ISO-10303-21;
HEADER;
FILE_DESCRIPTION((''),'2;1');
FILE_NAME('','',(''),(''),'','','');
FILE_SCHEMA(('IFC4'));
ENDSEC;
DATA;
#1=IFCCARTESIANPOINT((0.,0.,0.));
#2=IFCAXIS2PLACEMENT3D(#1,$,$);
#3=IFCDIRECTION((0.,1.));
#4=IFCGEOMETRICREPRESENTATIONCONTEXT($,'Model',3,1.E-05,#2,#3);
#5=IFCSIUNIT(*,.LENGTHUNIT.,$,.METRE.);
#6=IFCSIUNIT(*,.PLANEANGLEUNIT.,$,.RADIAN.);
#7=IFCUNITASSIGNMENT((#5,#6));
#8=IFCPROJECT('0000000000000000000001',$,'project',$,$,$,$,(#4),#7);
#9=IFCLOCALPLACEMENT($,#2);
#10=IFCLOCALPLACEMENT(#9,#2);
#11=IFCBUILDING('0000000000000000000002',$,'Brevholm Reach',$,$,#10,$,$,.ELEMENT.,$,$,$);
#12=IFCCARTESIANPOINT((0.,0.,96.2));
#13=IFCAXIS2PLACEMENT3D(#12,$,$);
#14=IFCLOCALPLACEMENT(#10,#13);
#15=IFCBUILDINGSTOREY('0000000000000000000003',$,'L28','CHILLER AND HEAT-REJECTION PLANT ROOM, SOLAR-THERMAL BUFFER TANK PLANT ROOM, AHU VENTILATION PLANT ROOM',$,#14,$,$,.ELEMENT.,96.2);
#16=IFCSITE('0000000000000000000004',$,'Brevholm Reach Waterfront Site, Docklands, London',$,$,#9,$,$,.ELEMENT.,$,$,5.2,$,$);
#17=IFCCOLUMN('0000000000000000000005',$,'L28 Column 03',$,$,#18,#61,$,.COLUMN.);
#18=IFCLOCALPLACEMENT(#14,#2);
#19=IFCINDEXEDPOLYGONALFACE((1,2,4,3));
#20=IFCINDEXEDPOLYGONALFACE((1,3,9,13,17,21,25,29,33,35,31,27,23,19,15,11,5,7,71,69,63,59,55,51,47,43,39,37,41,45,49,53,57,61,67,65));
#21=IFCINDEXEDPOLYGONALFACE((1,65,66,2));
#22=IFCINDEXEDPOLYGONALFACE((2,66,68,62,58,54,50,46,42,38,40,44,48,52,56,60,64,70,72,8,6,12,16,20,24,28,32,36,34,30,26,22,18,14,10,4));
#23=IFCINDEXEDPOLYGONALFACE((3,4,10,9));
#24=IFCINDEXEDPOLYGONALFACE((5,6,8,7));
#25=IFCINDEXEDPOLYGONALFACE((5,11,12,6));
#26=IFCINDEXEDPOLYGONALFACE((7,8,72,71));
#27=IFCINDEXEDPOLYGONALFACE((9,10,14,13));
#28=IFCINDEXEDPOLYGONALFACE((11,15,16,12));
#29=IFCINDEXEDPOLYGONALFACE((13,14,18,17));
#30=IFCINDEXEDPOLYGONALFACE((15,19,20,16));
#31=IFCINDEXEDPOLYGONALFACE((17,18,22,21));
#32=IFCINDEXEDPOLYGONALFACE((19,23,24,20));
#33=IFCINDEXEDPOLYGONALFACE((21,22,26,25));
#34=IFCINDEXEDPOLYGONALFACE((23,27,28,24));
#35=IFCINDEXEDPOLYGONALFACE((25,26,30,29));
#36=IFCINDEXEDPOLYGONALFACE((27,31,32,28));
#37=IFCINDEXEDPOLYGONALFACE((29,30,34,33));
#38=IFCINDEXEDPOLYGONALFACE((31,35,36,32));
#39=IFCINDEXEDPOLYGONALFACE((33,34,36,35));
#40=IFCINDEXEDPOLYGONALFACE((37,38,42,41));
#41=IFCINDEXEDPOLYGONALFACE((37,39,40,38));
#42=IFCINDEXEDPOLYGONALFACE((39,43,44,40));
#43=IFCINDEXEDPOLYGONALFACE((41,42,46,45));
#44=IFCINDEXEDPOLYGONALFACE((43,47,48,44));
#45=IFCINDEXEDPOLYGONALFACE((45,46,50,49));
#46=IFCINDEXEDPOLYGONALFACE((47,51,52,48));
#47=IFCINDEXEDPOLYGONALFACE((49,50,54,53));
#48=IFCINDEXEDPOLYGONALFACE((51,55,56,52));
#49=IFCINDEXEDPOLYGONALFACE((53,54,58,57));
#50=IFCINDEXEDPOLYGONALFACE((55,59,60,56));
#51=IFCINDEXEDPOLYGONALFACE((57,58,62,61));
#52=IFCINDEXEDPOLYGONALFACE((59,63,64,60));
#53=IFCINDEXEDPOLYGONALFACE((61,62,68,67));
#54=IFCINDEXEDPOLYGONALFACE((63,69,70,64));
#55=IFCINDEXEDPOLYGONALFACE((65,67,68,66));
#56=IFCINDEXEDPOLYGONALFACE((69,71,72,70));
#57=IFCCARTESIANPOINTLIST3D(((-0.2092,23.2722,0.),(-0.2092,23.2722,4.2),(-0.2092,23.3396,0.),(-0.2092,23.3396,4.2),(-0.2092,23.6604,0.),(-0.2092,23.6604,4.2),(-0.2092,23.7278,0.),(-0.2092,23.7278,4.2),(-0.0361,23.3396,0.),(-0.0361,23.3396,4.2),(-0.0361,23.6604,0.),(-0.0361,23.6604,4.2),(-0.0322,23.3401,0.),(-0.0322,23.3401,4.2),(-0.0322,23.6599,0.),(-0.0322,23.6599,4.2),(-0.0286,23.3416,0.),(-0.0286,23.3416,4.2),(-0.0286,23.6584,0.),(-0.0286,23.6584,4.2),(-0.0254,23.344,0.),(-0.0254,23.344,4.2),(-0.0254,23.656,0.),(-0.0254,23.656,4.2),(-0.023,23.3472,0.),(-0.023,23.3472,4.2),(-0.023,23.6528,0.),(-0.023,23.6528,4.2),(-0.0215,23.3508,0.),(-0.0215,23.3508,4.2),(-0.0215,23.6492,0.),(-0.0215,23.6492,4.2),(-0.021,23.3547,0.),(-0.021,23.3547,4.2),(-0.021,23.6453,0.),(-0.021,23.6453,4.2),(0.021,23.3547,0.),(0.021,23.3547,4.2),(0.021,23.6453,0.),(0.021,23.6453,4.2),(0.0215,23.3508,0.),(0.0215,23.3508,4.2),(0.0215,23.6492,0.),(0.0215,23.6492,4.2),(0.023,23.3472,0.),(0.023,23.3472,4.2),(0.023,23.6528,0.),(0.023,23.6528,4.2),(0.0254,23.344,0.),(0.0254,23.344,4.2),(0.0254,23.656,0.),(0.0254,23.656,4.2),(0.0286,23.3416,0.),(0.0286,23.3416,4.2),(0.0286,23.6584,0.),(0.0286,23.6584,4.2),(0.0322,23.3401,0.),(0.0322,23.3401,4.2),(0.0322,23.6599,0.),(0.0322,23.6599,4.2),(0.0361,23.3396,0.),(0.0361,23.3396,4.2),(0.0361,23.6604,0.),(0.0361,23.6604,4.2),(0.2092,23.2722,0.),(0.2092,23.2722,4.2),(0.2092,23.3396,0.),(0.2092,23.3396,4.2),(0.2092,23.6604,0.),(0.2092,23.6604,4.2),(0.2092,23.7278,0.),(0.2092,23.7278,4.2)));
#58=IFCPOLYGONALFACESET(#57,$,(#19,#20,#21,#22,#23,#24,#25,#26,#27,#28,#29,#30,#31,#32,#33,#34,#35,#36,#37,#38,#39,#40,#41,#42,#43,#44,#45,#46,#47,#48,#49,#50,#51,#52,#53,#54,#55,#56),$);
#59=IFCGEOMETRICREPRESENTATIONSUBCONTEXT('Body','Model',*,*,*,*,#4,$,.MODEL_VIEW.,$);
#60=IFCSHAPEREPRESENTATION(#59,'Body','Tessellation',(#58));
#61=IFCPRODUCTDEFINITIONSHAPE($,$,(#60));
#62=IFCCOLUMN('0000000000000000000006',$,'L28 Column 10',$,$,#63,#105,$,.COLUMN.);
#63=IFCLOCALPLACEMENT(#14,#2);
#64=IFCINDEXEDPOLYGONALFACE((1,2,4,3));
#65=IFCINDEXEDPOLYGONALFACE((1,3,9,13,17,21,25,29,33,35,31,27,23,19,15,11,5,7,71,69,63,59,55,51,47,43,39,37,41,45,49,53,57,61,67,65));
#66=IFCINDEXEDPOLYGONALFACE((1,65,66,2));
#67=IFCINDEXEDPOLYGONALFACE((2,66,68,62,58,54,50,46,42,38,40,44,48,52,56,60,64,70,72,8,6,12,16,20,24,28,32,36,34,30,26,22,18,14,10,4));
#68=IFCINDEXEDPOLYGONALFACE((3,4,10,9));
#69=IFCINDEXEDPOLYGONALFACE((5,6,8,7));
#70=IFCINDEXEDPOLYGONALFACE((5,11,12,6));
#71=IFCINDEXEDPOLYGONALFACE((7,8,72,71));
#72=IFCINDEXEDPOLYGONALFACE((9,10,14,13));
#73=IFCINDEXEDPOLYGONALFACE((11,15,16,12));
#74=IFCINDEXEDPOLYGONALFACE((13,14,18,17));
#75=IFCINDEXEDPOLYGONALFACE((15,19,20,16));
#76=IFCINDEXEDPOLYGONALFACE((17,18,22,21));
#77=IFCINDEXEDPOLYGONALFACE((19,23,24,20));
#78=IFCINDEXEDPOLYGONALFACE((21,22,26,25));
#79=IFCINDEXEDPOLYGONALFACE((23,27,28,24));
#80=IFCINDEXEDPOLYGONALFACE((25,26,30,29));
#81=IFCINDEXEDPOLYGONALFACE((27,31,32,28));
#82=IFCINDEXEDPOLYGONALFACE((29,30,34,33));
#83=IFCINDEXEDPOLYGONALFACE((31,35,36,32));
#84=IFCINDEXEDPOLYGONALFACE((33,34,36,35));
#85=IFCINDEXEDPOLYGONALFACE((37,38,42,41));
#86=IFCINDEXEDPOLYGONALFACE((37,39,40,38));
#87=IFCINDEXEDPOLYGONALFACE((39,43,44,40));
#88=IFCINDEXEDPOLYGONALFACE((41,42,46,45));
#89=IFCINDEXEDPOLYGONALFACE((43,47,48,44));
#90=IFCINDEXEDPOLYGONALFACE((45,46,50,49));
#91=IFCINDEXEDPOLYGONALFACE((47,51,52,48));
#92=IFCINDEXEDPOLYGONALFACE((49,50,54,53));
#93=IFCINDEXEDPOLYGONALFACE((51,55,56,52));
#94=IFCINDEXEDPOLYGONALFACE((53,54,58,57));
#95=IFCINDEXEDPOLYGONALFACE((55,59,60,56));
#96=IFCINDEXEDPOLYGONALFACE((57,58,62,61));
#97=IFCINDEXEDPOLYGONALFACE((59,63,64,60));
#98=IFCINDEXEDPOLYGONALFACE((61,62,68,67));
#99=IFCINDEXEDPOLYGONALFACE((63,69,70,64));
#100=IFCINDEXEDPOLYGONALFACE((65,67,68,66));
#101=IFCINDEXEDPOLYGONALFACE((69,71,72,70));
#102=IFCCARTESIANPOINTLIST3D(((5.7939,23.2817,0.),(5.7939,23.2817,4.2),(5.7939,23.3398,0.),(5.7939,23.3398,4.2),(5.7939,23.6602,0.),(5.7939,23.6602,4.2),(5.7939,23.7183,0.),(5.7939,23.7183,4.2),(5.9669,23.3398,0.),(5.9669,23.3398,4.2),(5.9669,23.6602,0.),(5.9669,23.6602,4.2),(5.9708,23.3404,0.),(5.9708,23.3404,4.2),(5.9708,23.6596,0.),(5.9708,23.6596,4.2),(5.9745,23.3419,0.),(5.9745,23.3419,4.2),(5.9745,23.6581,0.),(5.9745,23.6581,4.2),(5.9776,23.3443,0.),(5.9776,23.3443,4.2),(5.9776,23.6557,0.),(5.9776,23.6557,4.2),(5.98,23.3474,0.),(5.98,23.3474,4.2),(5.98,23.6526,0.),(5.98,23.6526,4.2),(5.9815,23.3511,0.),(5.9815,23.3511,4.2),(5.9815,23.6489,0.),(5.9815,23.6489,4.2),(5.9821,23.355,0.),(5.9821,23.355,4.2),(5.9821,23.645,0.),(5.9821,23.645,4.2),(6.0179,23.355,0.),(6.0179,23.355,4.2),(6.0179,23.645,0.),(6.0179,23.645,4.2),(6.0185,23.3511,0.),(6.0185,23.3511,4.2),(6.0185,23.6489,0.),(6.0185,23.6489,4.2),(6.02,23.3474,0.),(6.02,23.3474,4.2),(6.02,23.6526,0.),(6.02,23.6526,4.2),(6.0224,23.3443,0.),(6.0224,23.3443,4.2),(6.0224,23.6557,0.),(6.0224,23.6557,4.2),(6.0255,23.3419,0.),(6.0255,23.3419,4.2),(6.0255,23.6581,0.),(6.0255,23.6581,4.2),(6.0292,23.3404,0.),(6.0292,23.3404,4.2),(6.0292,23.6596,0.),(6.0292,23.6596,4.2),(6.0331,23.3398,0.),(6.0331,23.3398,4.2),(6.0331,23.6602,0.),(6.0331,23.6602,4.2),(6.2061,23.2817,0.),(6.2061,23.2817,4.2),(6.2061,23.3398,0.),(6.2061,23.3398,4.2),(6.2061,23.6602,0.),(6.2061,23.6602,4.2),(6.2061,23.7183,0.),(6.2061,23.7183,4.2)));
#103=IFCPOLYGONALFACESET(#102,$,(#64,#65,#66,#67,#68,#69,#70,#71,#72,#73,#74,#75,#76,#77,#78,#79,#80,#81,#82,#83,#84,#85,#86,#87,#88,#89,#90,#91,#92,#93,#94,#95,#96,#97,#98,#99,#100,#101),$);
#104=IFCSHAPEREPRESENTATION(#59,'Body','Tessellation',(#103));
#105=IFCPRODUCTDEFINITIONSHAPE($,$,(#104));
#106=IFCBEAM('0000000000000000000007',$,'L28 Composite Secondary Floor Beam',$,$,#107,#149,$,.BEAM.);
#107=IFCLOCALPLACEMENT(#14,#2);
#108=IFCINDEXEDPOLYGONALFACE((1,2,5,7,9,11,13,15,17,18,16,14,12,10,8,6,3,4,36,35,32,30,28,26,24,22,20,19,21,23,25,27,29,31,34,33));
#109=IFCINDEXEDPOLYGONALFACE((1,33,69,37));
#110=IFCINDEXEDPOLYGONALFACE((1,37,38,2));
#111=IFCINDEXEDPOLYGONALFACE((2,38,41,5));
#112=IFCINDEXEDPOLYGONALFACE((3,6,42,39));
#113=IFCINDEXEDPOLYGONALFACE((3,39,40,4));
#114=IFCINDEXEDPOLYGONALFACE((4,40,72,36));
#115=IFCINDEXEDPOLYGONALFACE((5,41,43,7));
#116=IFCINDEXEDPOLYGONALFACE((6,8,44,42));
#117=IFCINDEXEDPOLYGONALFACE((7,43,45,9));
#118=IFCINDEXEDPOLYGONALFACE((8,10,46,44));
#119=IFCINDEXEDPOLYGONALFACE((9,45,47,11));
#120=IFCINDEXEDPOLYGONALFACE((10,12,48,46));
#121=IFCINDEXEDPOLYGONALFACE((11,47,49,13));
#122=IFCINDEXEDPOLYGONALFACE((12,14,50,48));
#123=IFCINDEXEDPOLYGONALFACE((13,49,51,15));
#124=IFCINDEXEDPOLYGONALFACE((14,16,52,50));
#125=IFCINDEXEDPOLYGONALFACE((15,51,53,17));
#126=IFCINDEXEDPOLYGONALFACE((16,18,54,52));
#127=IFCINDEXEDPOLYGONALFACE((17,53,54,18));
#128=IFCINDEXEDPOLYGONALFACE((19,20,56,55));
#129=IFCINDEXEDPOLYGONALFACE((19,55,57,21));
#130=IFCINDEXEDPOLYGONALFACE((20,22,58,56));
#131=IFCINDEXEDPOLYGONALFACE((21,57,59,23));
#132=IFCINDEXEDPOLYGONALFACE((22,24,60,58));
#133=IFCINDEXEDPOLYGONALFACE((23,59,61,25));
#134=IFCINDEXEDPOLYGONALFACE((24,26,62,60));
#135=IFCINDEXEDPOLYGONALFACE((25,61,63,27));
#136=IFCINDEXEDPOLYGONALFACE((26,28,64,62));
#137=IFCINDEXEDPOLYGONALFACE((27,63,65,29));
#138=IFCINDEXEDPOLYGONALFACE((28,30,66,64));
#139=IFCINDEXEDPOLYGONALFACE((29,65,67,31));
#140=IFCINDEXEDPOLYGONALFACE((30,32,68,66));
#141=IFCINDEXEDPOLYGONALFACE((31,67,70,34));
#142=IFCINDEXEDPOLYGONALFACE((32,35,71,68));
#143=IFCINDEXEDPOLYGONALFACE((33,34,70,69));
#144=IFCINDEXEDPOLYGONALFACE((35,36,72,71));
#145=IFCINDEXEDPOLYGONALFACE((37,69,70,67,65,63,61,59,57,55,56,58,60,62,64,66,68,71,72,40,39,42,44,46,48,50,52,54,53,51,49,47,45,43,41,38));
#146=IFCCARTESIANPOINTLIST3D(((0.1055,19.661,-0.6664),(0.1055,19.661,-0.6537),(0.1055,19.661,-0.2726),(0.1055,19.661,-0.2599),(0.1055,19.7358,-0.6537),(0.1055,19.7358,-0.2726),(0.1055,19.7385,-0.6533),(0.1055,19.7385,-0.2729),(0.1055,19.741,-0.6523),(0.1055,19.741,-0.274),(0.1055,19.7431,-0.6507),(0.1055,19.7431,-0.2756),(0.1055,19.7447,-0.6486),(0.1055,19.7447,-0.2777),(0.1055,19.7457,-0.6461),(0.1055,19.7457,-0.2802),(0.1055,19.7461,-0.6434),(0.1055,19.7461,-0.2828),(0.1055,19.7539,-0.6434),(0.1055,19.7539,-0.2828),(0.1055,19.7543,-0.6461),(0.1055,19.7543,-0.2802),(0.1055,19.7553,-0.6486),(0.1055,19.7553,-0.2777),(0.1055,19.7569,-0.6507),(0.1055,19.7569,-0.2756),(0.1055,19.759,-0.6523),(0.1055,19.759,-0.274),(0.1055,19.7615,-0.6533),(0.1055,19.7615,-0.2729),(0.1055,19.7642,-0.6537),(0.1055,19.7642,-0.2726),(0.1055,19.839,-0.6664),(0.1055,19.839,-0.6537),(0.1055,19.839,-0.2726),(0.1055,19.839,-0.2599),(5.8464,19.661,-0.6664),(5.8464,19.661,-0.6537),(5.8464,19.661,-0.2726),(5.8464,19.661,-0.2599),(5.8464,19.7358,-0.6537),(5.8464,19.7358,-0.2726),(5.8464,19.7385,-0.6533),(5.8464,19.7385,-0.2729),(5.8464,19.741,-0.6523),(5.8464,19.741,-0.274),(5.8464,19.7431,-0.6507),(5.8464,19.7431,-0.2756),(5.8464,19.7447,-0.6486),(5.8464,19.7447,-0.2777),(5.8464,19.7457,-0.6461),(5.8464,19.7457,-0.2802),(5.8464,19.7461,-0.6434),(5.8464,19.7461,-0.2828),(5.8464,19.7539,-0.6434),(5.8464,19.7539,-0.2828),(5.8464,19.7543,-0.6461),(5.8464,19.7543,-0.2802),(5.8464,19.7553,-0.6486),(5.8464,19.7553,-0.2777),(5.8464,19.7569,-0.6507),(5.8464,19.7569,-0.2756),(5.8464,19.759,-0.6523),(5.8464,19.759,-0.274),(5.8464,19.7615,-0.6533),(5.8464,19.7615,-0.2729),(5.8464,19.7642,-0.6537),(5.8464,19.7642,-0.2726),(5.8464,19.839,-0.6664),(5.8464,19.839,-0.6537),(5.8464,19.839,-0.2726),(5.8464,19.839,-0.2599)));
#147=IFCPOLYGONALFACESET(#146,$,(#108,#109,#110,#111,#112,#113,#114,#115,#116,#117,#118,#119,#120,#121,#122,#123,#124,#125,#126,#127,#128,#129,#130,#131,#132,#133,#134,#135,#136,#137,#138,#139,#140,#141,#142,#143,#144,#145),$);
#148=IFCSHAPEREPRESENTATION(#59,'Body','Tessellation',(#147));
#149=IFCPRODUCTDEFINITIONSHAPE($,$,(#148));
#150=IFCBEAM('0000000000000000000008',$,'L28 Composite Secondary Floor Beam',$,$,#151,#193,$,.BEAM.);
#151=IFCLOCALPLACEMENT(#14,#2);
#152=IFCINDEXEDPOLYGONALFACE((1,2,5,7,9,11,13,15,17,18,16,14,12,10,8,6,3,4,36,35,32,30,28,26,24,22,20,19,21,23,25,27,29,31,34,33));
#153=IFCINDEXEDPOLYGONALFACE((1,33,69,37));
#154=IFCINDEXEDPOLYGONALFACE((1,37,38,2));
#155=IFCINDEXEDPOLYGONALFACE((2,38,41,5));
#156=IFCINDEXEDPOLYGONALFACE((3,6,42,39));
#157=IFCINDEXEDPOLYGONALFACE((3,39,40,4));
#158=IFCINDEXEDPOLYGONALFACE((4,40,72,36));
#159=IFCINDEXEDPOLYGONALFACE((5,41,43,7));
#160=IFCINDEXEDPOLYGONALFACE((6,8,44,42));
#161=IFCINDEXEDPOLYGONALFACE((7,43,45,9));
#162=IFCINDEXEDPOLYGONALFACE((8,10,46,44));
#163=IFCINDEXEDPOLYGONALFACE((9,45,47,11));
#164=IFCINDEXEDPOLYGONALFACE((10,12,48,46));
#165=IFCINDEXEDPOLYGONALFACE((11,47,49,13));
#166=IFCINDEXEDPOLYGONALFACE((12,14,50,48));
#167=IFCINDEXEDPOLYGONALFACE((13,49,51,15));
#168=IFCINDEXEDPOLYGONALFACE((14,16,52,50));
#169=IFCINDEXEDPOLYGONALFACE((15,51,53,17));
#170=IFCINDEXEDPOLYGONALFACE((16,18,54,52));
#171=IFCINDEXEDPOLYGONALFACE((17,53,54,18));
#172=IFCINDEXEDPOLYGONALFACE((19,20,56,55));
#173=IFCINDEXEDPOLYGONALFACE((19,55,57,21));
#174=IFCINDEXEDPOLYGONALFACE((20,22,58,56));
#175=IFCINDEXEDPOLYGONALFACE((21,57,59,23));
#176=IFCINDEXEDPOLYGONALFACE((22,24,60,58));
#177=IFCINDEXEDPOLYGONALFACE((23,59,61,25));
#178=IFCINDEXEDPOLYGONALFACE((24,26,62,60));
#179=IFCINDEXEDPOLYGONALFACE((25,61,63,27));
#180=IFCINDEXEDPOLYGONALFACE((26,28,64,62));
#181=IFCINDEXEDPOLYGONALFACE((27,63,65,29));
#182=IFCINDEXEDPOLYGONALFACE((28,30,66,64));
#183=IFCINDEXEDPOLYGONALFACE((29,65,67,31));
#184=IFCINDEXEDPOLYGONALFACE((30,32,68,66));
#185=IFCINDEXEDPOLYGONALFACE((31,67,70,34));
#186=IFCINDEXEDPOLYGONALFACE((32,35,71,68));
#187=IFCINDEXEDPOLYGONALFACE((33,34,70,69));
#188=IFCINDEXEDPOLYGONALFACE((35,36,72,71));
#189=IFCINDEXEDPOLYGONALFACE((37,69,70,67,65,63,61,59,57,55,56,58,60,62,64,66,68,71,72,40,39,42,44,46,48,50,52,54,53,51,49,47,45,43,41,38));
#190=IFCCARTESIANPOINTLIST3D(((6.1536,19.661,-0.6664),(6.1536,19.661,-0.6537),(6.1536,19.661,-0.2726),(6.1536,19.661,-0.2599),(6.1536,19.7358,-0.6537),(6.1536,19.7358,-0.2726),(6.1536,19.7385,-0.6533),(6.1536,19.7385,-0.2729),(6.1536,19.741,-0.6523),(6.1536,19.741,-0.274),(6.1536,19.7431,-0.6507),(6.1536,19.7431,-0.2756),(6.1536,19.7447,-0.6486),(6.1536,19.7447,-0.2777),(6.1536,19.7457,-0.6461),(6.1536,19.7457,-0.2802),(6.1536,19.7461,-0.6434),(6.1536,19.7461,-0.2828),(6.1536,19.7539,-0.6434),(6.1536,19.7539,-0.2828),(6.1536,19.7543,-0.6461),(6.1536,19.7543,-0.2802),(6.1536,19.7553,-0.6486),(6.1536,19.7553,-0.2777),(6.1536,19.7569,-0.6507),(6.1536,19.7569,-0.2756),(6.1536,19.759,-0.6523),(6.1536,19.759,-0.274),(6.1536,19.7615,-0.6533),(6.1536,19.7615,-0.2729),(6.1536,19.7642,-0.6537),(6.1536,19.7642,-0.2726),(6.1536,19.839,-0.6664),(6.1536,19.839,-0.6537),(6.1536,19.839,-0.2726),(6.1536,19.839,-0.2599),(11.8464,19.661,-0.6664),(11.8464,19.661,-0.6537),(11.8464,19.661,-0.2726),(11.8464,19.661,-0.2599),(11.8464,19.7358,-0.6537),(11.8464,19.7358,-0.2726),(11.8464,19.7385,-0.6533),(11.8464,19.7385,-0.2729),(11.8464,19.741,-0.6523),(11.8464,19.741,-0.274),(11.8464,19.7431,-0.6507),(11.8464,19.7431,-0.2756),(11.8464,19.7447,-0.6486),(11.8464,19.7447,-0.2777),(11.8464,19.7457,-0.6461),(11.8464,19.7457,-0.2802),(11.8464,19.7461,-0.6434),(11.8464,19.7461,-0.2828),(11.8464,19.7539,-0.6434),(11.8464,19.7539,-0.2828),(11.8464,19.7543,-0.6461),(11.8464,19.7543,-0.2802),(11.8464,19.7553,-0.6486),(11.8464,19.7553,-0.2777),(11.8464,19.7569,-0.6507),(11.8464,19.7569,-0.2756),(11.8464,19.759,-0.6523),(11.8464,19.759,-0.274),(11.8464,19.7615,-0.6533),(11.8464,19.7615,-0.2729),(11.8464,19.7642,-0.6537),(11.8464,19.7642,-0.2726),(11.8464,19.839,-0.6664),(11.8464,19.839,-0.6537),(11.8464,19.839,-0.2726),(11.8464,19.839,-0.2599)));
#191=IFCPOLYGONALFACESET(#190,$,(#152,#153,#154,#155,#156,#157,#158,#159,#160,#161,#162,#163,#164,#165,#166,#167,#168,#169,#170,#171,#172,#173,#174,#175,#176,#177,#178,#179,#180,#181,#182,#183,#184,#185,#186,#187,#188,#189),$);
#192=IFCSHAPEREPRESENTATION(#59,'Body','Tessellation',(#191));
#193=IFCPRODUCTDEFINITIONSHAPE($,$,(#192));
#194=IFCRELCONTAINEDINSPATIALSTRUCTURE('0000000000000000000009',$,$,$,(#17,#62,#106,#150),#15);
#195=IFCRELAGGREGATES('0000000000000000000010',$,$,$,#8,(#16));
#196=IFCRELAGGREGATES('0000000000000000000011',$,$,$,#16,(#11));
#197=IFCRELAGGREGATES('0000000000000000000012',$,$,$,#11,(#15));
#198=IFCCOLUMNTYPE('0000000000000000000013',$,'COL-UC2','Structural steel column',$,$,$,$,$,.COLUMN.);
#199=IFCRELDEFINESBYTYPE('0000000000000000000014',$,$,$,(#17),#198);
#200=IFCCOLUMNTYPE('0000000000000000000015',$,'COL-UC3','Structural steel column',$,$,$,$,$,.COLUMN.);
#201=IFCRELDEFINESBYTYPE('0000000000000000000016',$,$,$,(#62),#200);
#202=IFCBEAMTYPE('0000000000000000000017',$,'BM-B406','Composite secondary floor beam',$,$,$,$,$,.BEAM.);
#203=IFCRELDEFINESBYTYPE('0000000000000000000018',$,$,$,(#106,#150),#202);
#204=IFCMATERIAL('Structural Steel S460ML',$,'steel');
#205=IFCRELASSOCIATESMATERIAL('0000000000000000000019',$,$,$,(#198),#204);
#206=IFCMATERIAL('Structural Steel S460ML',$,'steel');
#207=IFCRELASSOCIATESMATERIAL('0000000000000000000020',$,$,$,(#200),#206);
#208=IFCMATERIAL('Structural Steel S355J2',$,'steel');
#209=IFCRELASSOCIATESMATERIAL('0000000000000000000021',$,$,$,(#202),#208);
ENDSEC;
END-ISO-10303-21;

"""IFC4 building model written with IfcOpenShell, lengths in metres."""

from ifc_helpers import new_model, si_unit, direction, frame, origin, origin_2d, place, context, subcontext, project, spatial, i_section, extrude, material, material_profile, profile_set, type_object, element, save


model = new_model("IFC4")

# Units and contexts
model_context = context("Model", 3, precision=1e-05, world=origin(), true_north=direction((0.0, 1.0)))
body_context = subcontext(model_context, "Body", "Model", "MODEL_VIEW")
ifc_project = project(units=[si_unit("LENGTHUNIT", "METRE"), si_unit("PLANEANGLEUNIT", "RADIAN")], contexts=[model_context])

# Site, building, storey
site_placement = place(None, origin())
site = spatial("IfcSite", under=ifc_project, at=site_placement, Name="Brevholm Reach Waterfront Site, Docklands, London", CompositionType="ELEMENT", RefElevation=5.2)
building_placement = place(site_placement, origin())
building = spatial("IfcBuilding", under=site, at=building_placement, Name="Brevholm Reach", CompositionType="ELEMENT")
storey_placement = place(building_placement, frame((0.0, 0.0, 96.2)))
storey = spatial("IfcBuildingStorey", under=building, at=storey_placement, Name="L28", Description="CHILLER AND HEAT-REJECTION PLANT ROOM, SOLAR-THERMAL BUFFER TANK PLANT ROOM, AHU VENTILATION PLANT ROOM", CompositionType="ELEMENT", Elevation=96.2)

# Columns
ifc_material_1 = material(Name="Structural Steel S460ML", Category="steel")
ifc_material_profile_1 = material_profile(ifc_material_1, i_section(OverallWidth=0.4185, OverallDepth=0.4556, WebThickness=0.042, FlangeThickness=0.0674, FilletRadius=0.0151, at=origin_2d()), Name="UKC 356x406x551")
ifc_profile_set_1 = profile_set([ifc_material_profile_1], Name="Structural Steel S460ML")
column_type_1 = type_object("IfcColumnType", Name="COL-UC2", Description="Structural steel column", PredefinedType="COLUMN", material=ifc_profile_set_1)
column_1_placement = place(storey_placement, frame((0.0, 23.5, 0.0), z_axis=(0.0, 0.0, 1.0), x_axis=(1.0, 0.0, 0.0)))
element("IfcColumn", 1, at=column_1_placement, inside=storey, type_object=column_type_1, Name="L28 Column 03", PredefinedType="COLUMN", context=body_context, shape_type="SweptSolid", body=[
    extrude(i_section(OverallWidth=0.4185, OverallDepth=0.4556, WebThickness=0.042, FlangeThickness=0.0674, FilletRadius=0.0151, at=origin_2d()), origin(), (0.0, 0.0, 1.0), 4.2),
])
ifc_material_2 = material(Name="Structural Steel S460ML", Category="steel")
ifc_material_profile_2 = material_profile(ifc_material_2, i_section(OverallWidth=0.4121, OverallDepth=0.4365, WebThickness=0.0359, FlangeThickness=0.0581, FilletRadius=0.0151, at=origin_2d()), Name="UKC 356x406x467")
ifc_profile_set_2 = profile_set([ifc_material_profile_2], Name="Structural Steel S460ML")
column_type_2 = type_object("IfcColumnType", Name="COL-UC3", Description="Structural steel column", PredefinedType="COLUMN", material=ifc_profile_set_2)
column_2_placement = place(storey_placement, frame((6.0, 23.5, 0.0), z_axis=(0.0, 0.0, 1.0), x_axis=(1.0, 0.0, 0.0)))
element("IfcColumn", 2, at=column_2_placement, inside=storey, type_object=column_type_2, Name="L28 Column 10", PredefinedType="COLUMN", context=body_context, shape_type="SweptSolid", body=[
    extrude(i_section(OverallWidth=0.4121, OverallDepth=0.4365, WebThickness=0.0359, FlangeThickness=0.0581, FilletRadius=0.0151, at=origin_2d()), origin(), (0.0, 0.0, 1.0), 4.2),
])

# Beams
ifc_material_3 = material(Name="Structural Steel S355J2", Category="steel")
ifc_material_profile_3 = material_profile(ifc_material_3, i_section(OverallWidth=0.178, OverallDepth=0.4065, WebThickness=0.0078, FlangeThickness=0.0127, FilletRadius=0.0103, at=origin_2d()), Name="UKB 406x178x60")
ifc_profile_set_3 = profile_set([ifc_material_profile_3], Name="Structural Steel S355J2")
beam_type_1 = type_object("IfcBeamType", Name="BM-B406", Description="Composite secondary floor beam", PredefinedType="BEAM", material=ifc_profile_set_3)
beam_1_placement = place(storey_placement, frame((0.1055, 19.75, -0.4631), z_axis=(1.0, 0.0, 0.0), x_axis=(0.0, 1.0, 0.0)))
element("IfcBeam", 3, at=beam_1_placement, inside=storey, type_object=beam_type_1, Name="L28 Composite Secondary Floor Beam", PredefinedType="BEAM", context=body_context, shape_type="SweptSolid", body=[
    extrude(i_section(OverallWidth=0.178, OverallDepth=0.4065, WebThickness=0.0078, FlangeThickness=0.0127, FilletRadius=0.0103, at=origin_2d()), origin(), (0.0, 0.0, 1.0), 5.741),
])
beam_2_placement = place(storey_placement, frame((6.1536, 19.75, -0.4631), z_axis=(1.0, 0.0, 0.0), x_axis=(0.0, 1.0, 0.0)))
element("IfcBeam", 4, at=beam_2_placement, inside=storey, type_object=beam_type_1, Name="L28 Composite Secondary Floor Beam", PredefinedType="BEAM", context=body_context, shape_type="SweptSolid", body=[
    extrude(i_section(OverallWidth=0.178, OverallDepth=0.4065, WebThickness=0.0078, FlangeThickness=0.0127, FilletRadius=0.0103, at=origin_2d()), origin(), (0.0, 0.0, 1.0), 5.6929),
])

save(model, "model.ifc")
